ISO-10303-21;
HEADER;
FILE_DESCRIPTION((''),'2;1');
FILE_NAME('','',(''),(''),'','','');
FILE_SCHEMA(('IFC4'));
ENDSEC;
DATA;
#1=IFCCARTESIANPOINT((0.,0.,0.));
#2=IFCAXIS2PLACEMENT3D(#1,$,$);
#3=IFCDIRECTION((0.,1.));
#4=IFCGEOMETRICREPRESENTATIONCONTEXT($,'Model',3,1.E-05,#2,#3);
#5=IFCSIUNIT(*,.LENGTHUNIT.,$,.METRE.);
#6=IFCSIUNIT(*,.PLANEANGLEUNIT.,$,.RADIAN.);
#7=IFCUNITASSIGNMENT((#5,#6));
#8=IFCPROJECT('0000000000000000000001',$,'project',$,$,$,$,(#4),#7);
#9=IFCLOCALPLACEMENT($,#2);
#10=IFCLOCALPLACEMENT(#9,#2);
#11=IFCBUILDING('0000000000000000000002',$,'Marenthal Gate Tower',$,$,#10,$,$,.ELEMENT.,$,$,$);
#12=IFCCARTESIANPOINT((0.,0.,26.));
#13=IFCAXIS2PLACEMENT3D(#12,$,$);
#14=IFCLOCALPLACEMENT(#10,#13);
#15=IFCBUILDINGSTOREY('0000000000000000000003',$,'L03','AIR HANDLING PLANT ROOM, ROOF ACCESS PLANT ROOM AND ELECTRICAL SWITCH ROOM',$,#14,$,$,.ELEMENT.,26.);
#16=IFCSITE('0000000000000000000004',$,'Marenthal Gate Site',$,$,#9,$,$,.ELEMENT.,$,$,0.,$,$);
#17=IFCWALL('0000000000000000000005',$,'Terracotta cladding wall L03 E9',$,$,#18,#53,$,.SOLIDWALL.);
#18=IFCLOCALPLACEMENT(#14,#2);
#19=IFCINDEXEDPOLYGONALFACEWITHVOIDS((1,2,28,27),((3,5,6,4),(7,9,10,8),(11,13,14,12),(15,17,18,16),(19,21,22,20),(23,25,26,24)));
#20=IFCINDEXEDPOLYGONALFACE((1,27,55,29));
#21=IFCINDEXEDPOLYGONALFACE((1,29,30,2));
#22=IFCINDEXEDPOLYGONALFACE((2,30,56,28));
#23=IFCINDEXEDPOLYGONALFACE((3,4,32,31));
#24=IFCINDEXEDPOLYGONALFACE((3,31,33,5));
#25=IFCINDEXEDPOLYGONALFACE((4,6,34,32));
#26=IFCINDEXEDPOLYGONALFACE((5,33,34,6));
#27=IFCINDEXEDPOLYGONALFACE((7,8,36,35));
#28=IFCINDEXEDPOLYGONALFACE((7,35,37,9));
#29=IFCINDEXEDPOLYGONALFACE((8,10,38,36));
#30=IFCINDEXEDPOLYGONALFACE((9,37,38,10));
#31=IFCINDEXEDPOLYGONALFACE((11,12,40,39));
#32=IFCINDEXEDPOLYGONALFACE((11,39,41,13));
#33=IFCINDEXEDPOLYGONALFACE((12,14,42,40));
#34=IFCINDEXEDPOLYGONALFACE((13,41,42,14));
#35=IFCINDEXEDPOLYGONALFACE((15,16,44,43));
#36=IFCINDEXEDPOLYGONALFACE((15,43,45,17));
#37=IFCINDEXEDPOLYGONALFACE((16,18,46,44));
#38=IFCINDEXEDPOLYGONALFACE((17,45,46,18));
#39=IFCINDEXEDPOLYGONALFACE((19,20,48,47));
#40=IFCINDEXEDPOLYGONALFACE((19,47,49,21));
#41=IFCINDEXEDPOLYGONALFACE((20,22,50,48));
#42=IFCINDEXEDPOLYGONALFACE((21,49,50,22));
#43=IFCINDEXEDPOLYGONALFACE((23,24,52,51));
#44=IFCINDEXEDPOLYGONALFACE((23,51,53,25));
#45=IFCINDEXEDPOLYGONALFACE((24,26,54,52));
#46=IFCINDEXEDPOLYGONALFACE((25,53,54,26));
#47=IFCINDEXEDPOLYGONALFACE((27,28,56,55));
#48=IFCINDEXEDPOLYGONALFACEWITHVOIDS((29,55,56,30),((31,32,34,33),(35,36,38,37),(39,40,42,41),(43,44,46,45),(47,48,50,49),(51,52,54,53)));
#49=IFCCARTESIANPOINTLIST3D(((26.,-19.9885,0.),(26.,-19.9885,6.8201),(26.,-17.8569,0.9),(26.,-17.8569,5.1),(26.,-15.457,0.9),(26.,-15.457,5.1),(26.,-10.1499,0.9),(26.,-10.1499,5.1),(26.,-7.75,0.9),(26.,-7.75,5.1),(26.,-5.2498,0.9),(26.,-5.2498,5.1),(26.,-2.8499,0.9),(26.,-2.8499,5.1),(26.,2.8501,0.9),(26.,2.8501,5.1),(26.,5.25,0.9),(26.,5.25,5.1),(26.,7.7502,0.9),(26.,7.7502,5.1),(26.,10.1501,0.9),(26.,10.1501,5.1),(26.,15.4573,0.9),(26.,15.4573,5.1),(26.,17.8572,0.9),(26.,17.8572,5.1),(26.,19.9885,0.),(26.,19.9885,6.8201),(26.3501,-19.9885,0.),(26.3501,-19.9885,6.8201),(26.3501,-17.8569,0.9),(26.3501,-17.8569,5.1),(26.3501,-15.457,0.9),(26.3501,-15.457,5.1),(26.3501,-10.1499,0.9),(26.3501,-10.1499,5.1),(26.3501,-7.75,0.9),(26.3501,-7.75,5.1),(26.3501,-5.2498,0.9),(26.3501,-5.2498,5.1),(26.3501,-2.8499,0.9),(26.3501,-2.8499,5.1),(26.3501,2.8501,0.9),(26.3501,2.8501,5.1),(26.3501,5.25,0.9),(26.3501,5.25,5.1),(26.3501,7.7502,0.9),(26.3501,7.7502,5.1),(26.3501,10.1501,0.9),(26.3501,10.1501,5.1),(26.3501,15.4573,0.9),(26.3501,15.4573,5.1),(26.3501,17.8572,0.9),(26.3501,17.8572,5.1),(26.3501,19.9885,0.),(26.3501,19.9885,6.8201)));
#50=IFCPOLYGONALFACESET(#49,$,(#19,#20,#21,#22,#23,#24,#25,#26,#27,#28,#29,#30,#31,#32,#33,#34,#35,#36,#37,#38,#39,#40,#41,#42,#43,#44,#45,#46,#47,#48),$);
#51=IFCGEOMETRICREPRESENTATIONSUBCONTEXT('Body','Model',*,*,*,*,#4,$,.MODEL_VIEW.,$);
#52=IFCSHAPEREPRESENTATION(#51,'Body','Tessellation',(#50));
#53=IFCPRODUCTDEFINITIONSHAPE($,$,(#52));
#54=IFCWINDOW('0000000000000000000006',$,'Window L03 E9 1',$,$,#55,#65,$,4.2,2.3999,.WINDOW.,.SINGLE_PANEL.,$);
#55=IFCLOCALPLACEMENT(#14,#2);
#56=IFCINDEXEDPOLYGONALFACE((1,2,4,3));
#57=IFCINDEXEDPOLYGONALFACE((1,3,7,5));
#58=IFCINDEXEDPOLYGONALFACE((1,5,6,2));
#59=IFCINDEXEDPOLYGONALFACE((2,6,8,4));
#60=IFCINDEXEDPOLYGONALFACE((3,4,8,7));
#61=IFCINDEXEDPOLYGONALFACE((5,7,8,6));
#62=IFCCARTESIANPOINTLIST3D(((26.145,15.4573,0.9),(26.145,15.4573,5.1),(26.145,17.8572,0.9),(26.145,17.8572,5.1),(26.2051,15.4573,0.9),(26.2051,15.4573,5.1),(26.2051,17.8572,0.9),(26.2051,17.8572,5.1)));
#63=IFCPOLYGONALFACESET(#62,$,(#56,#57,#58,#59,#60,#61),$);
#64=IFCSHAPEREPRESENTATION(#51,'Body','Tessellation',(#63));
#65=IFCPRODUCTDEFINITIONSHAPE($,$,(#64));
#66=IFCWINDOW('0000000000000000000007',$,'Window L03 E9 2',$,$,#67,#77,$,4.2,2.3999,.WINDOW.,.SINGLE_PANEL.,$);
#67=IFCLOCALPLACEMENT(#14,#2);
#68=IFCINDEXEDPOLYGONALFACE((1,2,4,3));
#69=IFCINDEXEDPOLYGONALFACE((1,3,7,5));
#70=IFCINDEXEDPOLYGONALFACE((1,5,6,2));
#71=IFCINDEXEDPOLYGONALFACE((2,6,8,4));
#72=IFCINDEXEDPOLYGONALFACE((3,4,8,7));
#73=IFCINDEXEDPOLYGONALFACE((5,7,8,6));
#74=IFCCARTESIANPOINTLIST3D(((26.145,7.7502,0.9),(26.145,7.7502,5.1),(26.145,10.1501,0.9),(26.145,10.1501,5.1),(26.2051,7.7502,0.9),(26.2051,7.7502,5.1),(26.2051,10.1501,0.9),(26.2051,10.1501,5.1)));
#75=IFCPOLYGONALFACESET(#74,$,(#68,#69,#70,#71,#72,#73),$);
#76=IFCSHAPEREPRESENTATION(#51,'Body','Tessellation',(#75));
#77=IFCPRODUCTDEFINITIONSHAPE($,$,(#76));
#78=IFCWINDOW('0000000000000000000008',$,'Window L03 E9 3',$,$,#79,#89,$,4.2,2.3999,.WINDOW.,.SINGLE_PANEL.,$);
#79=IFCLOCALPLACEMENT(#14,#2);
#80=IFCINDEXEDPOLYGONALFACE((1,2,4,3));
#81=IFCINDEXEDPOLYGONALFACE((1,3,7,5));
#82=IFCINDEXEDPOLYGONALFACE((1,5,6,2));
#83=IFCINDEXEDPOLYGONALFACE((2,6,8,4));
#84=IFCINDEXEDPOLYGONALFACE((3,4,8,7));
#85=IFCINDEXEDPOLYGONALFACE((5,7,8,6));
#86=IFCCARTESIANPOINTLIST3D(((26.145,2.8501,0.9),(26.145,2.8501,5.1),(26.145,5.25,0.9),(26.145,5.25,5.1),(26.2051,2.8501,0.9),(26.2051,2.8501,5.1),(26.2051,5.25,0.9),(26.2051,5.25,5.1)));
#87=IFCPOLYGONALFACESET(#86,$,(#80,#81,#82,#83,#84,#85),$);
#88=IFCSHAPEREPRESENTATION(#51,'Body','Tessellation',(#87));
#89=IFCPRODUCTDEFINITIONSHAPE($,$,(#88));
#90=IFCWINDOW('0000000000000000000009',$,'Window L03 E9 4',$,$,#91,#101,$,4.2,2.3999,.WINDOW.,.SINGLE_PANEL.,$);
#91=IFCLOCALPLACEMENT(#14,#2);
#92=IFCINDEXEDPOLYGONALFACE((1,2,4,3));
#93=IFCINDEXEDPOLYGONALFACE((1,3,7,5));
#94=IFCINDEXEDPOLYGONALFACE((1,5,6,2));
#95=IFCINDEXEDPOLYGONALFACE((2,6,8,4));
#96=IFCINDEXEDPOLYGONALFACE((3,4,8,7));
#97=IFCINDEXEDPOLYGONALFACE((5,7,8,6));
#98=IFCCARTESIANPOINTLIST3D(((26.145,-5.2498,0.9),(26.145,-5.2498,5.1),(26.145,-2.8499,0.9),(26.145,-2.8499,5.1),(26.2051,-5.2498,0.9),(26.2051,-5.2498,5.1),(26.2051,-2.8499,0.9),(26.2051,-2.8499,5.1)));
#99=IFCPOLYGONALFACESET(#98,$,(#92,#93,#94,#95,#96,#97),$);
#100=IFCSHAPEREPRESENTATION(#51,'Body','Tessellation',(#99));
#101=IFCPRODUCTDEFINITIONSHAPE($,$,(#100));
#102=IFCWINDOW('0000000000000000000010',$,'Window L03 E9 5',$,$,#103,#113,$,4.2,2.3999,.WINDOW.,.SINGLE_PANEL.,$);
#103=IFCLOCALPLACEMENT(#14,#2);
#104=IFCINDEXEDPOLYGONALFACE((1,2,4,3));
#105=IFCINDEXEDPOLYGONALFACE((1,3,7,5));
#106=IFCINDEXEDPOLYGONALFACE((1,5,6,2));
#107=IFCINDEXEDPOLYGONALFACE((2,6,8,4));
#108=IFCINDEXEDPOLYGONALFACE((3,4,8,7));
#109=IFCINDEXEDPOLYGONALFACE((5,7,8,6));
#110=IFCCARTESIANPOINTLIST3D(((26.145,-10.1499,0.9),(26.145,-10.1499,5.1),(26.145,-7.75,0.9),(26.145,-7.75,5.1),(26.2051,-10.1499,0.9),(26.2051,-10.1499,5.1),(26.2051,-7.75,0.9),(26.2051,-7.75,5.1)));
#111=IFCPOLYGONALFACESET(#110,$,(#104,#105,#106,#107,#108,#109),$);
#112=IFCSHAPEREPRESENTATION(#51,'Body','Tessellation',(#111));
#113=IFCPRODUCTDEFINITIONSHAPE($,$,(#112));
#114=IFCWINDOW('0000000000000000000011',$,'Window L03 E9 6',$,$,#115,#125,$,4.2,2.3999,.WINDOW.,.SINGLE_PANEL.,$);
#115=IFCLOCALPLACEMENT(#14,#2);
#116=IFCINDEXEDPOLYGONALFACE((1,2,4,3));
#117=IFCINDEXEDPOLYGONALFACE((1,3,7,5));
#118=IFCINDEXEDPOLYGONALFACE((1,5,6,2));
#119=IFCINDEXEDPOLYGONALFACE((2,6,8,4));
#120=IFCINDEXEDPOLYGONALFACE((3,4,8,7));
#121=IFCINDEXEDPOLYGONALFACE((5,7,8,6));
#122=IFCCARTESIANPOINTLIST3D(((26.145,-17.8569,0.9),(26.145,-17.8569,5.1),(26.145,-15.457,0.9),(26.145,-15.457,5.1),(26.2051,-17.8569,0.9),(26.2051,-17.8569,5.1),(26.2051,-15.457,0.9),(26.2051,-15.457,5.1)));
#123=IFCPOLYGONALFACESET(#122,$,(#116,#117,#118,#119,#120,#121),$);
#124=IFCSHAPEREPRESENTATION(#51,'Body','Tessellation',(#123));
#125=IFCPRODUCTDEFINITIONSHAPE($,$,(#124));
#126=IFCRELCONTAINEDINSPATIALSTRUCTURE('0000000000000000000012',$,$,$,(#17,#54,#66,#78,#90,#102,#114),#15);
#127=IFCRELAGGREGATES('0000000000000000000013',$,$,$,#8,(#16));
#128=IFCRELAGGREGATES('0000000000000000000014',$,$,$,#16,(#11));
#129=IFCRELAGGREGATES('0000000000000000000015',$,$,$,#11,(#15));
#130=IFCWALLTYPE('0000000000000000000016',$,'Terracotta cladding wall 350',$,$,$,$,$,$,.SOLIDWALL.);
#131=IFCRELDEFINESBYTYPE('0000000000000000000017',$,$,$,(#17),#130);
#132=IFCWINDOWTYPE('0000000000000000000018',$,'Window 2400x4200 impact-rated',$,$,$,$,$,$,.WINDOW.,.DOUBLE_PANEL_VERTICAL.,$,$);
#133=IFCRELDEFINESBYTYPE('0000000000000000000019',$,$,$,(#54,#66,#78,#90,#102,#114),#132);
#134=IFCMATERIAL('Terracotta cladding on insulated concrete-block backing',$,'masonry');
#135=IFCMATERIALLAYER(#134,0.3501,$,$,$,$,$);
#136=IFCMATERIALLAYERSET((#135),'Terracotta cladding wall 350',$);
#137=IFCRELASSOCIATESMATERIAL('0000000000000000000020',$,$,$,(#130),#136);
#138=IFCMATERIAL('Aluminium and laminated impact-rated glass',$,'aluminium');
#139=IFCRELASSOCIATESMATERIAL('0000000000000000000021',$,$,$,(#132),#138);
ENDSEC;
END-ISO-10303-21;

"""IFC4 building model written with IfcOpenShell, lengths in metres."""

from ifc_helpers import new_model, si_unit, direction, frame, frame_2d, origin, place, context, subcontext, project, spatial, rectangle, extrude, material, layer, layer_set, type_object, element, fill, save


model = new_model("IFC4")

# Units and contexts
model_context = context("Model", 3, precision=1e-05, world=origin(), true_north=direction((0.0, 1.0)))
body_context = subcontext(model_context, "Body", "Model", "MODEL_VIEW")
ifc_project = project(units=[si_unit("LENGTHUNIT", "METRE"), si_unit("PLANEANGLEUNIT", "RADIAN")], contexts=[model_context])

# Site, building, storey
site_placement = place(None, origin())
site = spatial("IfcSite", under=ifc_project, at=site_placement, Name="Marenthal Gate Site", CompositionType="ELEMENT", RefElevation=0.0)
building_placement = place(site_placement, origin())
building = spatial("IfcBuilding", under=site, at=building_placement, Name="Marenthal Gate Tower", CompositionType="ELEMENT")
storey_placement = place(building_placement, frame((0.0, 0.0, 26.0)))
storey = spatial("IfcBuildingStorey", under=building, at=storey_placement, Name="L03", Description="AIR HANDLING PLANT ROOM, ROOF ACCESS PLANT ROOM AND ELECTRICAL SWITCH ROOM", CompositionType="ELEMENT", Elevation=26.0)

# Shared definitions
ifc_material_1 = material(Name="Terracotta cladding on insulated concrete-block backing", Category="masonry")
ifc_layer_1 = layer(ifc_material_1, 0.3501)
ifc_layer_set_1 = layer_set([ifc_layer_1], Name="Terracotta cladding wall 350")
wall_type_1 = type_object("IfcWallType", Name="Terracotta cladding wall 350", PredefinedType="SOLIDWALL", material=ifc_layer_set_1)

# Wall, openings, windows
wall_1_placement = place(storey_placement, frame((26.175, 19.9885, 0.0), z_axis=(0.0, 0.0, 1.0), x_axis=(0.0, -1.0, 0.0)))
wall_1 = element("IfcWall", 1, at=wall_1_placement, inside=storey, type_object=wall_type_1, Name="Terracotta cladding wall L03 E9", PredefinedType="SOLIDWALL", context=body_context, shape_type="SweptSolid", body=[
    extrude(rectangle(XDim=39.9771, YDim=0.3501, at=frame_2d((19.9885, 0.0))), origin(), (0.0, 0.0, 1.0), 6.8201),
])
opening_1_placement = place(wall_1_placement, frame((2.1313, 0.0, 0.8999)))
opening_1 = element("IfcOpeningElement", 2, at=opening_1_placement, cuts=wall_1, PredefinedType="OPENING", context=body_context, shape_type="SweptSolid", body=[
    extrude(rectangle(XDim=2.3999, YDim=4.2, at=frame_2d((1.2, 2.1001))), frame((0.0, 0.1851, 0.0), z_axis=(0.0, -1.0, 0.0), x_axis=(1.0, 0.0, 0.0)), (0.0, 0.0, 1.0), 0.3701),
])
opening_2_placement = place(wall_1_placement, frame((9.8384, 0.0, 0.8999)))
opening_2 = element("IfcOpeningElement", 3, at=opening_2_placement, cuts=wall_1, PredefinedType="OPENING", context=body_context, shape_type="SweptSolid", body=[
    extrude(rectangle(XDim=2.3999, YDim=4.2, at=frame_2d((1.2, 2.1001))), frame((0.0, 0.1851, 0.0), z_axis=(0.0, -1.0, 0.0), x_axis=(1.0, 0.0, 0.0)), (0.0, 0.0, 1.0), 0.3701),
])
opening_3_placement = place(wall_1_placement, frame((14.7385, 0.0, 0.8999)))
opening_3 = element("IfcOpeningElement", 4, at=opening_3_placement, cuts=wall_1, PredefinedType="OPENING", context=body_context, shape_type="SweptSolid", body=[
    extrude(rectangle(XDim=2.3999, YDim=4.2, at=frame_2d((1.2, 2.1001))), frame((0.0, 0.1851, 0.0), z_axis=(0.0, -1.0, 0.0), x_axis=(1.0, 0.0, 0.0)), (0.0, 0.0, 1.0), 0.3701),
])
opening_4_placement = place(wall_1_placement, frame((22.8384, 0.0, 0.8999)))
opening_4 = element("IfcOpeningElement", 5, at=opening_4_placement, cuts=wall_1, PredefinedType="OPENING", context=body_context, shape_type="SweptSolid", body=[
    extrude(rectangle(XDim=2.3999, YDim=4.2, at=frame_2d((1.2, 2.1001))), frame((0.0, 0.1851, 0.0), z_axis=(0.0, -1.0, 0.0), x_axis=(1.0, 0.0, 0.0)), (0.0, 0.0, 1.0), 0.3701),
])
opening_5_placement = place(wall_1_placement, frame((27.7385, 0.0, 0.8999)))
opening_5 = element("IfcOpeningElement", 6, at=opening_5_placement, cuts=wall_1, PredefinedType="OPENING", context=body_context, shape_type="SweptSolid", body=[
    extrude(rectangle(XDim=2.3999, YDim=4.2, at=frame_2d((1.2, 2.1001))), frame((0.0, 0.1851, 0.0), z_axis=(0.0, -1.0, 0.0), x_axis=(1.0, 0.0, 0.0)), (0.0, 0.0, 1.0), 0.3701),
])
opening_6_placement = place(wall_1_placement, frame((35.4456, 0.0, 0.8999)))
opening_6 = element("IfcOpeningElement", 7, at=opening_6_placement, cuts=wall_1, PredefinedType="OPENING", context=body_context, shape_type="SweptSolid", body=[
    extrude(rectangle(XDim=2.3999, YDim=4.2, at=frame_2d((1.2, 2.1001))), frame((0.0, 0.1851, 0.0), z_axis=(0.0, -1.0, 0.0), x_axis=(1.0, 0.0, 0.0)), (0.0, 0.0, 1.0), 0.3701),
])
ifc_material_2 = material(Name="Aluminium and laminated impact-rated glass", Category="aluminium")
window_type = type_object("IfcWindowType", Name="Window 2400x4200 impact-rated", PartitioningType="DOUBLE_PANEL_VERTICAL", PredefinedType="WINDOW", material=ifc_material_2)
window_1_placement = place(opening_1_placement, origin())
window_1 = element("IfcWindow", 8, at=window_1_placement, inside=storey, type_object=window_type, Name="Window L03 E9 1", OverallHeight=4.2, OverallWidth=2.3999, PartitioningType="SINGLE_PANEL", PredefinedType="WINDOW", context=body_context, shape_type="SweptSolid", body=[
    extrude(rectangle(XDim=2.3999, YDim=4.2, at=frame_2d((1.2, 2.1001))), frame((0.0, 0.03, 0.0), z_axis=(0.0, -1.0, 0.0), x_axis=(1.0, 0.0, 0.0)), (0.0, 0.0, 1.0), 0.0601),
])
fill(opening_1, window_1)
window_2_placement = place(opening_2_placement, origin())
window_2 = element("IfcWindow", 9, at=window_2_placement, inside=storey, type_object=window_type, Name="Window L03 E9 2", OverallHeight=4.2, OverallWidth=2.3999, PartitioningType="SINGLE_PANEL", PredefinedType="WINDOW", context=body_context, shape_type="SweptSolid", body=[
    extrude(rectangle(XDim=2.3999, YDim=4.2, at=frame_2d((1.2, 2.1001))), frame((0.0, 0.03, 0.0), z_axis=(0.0, -1.0, 0.0), x_axis=(1.0, 0.0, 0.0)), (0.0, 0.0, 1.0), 0.0601),
])
fill(opening_2, window_2)
window_3_placement = place(opening_3_placement, origin())
window_3 = element("IfcWindow", 10, at=window_3_placement, inside=storey, type_object=window_type, Name="Window L03 E9 3", OverallHeight=4.2, OverallWidth=2.3999, PartitioningType="SINGLE_PANEL", PredefinedType="WINDOW", context=body_context, shape_type="SweptSolid", body=[
    extrude(rectangle(XDim=2.3999, YDim=4.2, at=frame_2d((1.2, 2.1001))), frame((0.0, 0.03, 0.0), z_axis=(0.0, -1.0, 0.0), x_axis=(1.0, 0.0, 0.0)), (0.0, 0.0, 1.0), 0.0601),
])
fill(opening_3, window_3)
window_4_placement = place(opening_4_placement, origin())
window_4 = element("IfcWindow", 11, at=window_4_placement, inside=storey, type_object=window_type, Name="Window L03 E9 4", OverallHeight=4.2, OverallWidth=2.3999, PartitioningType="SINGLE_PANEL", PredefinedType="WINDOW", context=body_context, shape_type="SweptSolid", body=[
    extrude(rectangle(XDim=2.3999, YDim=4.2, at=frame_2d((1.2, 2.1001))), frame((0.0, 0.03, 0.0), z_axis=(0.0, -1.0, 0.0), x_axis=(1.0, 0.0, 0.0)), (0.0, 0.0, 1.0), 0.0601),
])
fill(opening_4, window_4)
window_5_placement = place(opening_5_placement, origin())
window_5 = element("IfcWindow", 12, at=window_5_placement, inside=storey, type_object=window_type, Name="Window L03 E9 5", OverallHeight=4.2, OverallWidth=2.3999, PartitioningType="SINGLE_PANEL", PredefinedType="WINDOW", context=body_context, shape_type="SweptSolid", body=[
    extrude(rectangle(XDim=2.3999, YDim=4.2, at=frame_2d((1.2, 2.1001))), frame((0.0, 0.03, 0.0), z_axis=(0.0, -1.0, 0.0), x_axis=(1.0, 0.0, 0.0)), (0.0, 0.0, 1.0), 0.0601),
])
fill(opening_5, window_5)
window_6_placement = place(opening_6_placement, origin())
window_6 = element("IfcWindow", 13, at=window_6_placement, inside=storey, type_object=window_type, Name="Window L03 E9 6", OverallHeight=4.2, OverallWidth=2.3999, PartitioningType="SINGLE_PANEL", PredefinedType="WINDOW", context=body_context, shape_type="SweptSolid", body=[
    extrude(rectangle(XDim=2.3999, YDim=4.2, at=frame_2d((1.2, 2.1001))), frame((0.0, 0.03, 0.0), z_axis=(0.0, -1.0, 0.0), x_axis=(1.0, 0.0, 0.0)), (0.0, 0.0, 1.0), 0.0601),
])
fill(opening_6, window_6)

save(model, "model.ifc")
